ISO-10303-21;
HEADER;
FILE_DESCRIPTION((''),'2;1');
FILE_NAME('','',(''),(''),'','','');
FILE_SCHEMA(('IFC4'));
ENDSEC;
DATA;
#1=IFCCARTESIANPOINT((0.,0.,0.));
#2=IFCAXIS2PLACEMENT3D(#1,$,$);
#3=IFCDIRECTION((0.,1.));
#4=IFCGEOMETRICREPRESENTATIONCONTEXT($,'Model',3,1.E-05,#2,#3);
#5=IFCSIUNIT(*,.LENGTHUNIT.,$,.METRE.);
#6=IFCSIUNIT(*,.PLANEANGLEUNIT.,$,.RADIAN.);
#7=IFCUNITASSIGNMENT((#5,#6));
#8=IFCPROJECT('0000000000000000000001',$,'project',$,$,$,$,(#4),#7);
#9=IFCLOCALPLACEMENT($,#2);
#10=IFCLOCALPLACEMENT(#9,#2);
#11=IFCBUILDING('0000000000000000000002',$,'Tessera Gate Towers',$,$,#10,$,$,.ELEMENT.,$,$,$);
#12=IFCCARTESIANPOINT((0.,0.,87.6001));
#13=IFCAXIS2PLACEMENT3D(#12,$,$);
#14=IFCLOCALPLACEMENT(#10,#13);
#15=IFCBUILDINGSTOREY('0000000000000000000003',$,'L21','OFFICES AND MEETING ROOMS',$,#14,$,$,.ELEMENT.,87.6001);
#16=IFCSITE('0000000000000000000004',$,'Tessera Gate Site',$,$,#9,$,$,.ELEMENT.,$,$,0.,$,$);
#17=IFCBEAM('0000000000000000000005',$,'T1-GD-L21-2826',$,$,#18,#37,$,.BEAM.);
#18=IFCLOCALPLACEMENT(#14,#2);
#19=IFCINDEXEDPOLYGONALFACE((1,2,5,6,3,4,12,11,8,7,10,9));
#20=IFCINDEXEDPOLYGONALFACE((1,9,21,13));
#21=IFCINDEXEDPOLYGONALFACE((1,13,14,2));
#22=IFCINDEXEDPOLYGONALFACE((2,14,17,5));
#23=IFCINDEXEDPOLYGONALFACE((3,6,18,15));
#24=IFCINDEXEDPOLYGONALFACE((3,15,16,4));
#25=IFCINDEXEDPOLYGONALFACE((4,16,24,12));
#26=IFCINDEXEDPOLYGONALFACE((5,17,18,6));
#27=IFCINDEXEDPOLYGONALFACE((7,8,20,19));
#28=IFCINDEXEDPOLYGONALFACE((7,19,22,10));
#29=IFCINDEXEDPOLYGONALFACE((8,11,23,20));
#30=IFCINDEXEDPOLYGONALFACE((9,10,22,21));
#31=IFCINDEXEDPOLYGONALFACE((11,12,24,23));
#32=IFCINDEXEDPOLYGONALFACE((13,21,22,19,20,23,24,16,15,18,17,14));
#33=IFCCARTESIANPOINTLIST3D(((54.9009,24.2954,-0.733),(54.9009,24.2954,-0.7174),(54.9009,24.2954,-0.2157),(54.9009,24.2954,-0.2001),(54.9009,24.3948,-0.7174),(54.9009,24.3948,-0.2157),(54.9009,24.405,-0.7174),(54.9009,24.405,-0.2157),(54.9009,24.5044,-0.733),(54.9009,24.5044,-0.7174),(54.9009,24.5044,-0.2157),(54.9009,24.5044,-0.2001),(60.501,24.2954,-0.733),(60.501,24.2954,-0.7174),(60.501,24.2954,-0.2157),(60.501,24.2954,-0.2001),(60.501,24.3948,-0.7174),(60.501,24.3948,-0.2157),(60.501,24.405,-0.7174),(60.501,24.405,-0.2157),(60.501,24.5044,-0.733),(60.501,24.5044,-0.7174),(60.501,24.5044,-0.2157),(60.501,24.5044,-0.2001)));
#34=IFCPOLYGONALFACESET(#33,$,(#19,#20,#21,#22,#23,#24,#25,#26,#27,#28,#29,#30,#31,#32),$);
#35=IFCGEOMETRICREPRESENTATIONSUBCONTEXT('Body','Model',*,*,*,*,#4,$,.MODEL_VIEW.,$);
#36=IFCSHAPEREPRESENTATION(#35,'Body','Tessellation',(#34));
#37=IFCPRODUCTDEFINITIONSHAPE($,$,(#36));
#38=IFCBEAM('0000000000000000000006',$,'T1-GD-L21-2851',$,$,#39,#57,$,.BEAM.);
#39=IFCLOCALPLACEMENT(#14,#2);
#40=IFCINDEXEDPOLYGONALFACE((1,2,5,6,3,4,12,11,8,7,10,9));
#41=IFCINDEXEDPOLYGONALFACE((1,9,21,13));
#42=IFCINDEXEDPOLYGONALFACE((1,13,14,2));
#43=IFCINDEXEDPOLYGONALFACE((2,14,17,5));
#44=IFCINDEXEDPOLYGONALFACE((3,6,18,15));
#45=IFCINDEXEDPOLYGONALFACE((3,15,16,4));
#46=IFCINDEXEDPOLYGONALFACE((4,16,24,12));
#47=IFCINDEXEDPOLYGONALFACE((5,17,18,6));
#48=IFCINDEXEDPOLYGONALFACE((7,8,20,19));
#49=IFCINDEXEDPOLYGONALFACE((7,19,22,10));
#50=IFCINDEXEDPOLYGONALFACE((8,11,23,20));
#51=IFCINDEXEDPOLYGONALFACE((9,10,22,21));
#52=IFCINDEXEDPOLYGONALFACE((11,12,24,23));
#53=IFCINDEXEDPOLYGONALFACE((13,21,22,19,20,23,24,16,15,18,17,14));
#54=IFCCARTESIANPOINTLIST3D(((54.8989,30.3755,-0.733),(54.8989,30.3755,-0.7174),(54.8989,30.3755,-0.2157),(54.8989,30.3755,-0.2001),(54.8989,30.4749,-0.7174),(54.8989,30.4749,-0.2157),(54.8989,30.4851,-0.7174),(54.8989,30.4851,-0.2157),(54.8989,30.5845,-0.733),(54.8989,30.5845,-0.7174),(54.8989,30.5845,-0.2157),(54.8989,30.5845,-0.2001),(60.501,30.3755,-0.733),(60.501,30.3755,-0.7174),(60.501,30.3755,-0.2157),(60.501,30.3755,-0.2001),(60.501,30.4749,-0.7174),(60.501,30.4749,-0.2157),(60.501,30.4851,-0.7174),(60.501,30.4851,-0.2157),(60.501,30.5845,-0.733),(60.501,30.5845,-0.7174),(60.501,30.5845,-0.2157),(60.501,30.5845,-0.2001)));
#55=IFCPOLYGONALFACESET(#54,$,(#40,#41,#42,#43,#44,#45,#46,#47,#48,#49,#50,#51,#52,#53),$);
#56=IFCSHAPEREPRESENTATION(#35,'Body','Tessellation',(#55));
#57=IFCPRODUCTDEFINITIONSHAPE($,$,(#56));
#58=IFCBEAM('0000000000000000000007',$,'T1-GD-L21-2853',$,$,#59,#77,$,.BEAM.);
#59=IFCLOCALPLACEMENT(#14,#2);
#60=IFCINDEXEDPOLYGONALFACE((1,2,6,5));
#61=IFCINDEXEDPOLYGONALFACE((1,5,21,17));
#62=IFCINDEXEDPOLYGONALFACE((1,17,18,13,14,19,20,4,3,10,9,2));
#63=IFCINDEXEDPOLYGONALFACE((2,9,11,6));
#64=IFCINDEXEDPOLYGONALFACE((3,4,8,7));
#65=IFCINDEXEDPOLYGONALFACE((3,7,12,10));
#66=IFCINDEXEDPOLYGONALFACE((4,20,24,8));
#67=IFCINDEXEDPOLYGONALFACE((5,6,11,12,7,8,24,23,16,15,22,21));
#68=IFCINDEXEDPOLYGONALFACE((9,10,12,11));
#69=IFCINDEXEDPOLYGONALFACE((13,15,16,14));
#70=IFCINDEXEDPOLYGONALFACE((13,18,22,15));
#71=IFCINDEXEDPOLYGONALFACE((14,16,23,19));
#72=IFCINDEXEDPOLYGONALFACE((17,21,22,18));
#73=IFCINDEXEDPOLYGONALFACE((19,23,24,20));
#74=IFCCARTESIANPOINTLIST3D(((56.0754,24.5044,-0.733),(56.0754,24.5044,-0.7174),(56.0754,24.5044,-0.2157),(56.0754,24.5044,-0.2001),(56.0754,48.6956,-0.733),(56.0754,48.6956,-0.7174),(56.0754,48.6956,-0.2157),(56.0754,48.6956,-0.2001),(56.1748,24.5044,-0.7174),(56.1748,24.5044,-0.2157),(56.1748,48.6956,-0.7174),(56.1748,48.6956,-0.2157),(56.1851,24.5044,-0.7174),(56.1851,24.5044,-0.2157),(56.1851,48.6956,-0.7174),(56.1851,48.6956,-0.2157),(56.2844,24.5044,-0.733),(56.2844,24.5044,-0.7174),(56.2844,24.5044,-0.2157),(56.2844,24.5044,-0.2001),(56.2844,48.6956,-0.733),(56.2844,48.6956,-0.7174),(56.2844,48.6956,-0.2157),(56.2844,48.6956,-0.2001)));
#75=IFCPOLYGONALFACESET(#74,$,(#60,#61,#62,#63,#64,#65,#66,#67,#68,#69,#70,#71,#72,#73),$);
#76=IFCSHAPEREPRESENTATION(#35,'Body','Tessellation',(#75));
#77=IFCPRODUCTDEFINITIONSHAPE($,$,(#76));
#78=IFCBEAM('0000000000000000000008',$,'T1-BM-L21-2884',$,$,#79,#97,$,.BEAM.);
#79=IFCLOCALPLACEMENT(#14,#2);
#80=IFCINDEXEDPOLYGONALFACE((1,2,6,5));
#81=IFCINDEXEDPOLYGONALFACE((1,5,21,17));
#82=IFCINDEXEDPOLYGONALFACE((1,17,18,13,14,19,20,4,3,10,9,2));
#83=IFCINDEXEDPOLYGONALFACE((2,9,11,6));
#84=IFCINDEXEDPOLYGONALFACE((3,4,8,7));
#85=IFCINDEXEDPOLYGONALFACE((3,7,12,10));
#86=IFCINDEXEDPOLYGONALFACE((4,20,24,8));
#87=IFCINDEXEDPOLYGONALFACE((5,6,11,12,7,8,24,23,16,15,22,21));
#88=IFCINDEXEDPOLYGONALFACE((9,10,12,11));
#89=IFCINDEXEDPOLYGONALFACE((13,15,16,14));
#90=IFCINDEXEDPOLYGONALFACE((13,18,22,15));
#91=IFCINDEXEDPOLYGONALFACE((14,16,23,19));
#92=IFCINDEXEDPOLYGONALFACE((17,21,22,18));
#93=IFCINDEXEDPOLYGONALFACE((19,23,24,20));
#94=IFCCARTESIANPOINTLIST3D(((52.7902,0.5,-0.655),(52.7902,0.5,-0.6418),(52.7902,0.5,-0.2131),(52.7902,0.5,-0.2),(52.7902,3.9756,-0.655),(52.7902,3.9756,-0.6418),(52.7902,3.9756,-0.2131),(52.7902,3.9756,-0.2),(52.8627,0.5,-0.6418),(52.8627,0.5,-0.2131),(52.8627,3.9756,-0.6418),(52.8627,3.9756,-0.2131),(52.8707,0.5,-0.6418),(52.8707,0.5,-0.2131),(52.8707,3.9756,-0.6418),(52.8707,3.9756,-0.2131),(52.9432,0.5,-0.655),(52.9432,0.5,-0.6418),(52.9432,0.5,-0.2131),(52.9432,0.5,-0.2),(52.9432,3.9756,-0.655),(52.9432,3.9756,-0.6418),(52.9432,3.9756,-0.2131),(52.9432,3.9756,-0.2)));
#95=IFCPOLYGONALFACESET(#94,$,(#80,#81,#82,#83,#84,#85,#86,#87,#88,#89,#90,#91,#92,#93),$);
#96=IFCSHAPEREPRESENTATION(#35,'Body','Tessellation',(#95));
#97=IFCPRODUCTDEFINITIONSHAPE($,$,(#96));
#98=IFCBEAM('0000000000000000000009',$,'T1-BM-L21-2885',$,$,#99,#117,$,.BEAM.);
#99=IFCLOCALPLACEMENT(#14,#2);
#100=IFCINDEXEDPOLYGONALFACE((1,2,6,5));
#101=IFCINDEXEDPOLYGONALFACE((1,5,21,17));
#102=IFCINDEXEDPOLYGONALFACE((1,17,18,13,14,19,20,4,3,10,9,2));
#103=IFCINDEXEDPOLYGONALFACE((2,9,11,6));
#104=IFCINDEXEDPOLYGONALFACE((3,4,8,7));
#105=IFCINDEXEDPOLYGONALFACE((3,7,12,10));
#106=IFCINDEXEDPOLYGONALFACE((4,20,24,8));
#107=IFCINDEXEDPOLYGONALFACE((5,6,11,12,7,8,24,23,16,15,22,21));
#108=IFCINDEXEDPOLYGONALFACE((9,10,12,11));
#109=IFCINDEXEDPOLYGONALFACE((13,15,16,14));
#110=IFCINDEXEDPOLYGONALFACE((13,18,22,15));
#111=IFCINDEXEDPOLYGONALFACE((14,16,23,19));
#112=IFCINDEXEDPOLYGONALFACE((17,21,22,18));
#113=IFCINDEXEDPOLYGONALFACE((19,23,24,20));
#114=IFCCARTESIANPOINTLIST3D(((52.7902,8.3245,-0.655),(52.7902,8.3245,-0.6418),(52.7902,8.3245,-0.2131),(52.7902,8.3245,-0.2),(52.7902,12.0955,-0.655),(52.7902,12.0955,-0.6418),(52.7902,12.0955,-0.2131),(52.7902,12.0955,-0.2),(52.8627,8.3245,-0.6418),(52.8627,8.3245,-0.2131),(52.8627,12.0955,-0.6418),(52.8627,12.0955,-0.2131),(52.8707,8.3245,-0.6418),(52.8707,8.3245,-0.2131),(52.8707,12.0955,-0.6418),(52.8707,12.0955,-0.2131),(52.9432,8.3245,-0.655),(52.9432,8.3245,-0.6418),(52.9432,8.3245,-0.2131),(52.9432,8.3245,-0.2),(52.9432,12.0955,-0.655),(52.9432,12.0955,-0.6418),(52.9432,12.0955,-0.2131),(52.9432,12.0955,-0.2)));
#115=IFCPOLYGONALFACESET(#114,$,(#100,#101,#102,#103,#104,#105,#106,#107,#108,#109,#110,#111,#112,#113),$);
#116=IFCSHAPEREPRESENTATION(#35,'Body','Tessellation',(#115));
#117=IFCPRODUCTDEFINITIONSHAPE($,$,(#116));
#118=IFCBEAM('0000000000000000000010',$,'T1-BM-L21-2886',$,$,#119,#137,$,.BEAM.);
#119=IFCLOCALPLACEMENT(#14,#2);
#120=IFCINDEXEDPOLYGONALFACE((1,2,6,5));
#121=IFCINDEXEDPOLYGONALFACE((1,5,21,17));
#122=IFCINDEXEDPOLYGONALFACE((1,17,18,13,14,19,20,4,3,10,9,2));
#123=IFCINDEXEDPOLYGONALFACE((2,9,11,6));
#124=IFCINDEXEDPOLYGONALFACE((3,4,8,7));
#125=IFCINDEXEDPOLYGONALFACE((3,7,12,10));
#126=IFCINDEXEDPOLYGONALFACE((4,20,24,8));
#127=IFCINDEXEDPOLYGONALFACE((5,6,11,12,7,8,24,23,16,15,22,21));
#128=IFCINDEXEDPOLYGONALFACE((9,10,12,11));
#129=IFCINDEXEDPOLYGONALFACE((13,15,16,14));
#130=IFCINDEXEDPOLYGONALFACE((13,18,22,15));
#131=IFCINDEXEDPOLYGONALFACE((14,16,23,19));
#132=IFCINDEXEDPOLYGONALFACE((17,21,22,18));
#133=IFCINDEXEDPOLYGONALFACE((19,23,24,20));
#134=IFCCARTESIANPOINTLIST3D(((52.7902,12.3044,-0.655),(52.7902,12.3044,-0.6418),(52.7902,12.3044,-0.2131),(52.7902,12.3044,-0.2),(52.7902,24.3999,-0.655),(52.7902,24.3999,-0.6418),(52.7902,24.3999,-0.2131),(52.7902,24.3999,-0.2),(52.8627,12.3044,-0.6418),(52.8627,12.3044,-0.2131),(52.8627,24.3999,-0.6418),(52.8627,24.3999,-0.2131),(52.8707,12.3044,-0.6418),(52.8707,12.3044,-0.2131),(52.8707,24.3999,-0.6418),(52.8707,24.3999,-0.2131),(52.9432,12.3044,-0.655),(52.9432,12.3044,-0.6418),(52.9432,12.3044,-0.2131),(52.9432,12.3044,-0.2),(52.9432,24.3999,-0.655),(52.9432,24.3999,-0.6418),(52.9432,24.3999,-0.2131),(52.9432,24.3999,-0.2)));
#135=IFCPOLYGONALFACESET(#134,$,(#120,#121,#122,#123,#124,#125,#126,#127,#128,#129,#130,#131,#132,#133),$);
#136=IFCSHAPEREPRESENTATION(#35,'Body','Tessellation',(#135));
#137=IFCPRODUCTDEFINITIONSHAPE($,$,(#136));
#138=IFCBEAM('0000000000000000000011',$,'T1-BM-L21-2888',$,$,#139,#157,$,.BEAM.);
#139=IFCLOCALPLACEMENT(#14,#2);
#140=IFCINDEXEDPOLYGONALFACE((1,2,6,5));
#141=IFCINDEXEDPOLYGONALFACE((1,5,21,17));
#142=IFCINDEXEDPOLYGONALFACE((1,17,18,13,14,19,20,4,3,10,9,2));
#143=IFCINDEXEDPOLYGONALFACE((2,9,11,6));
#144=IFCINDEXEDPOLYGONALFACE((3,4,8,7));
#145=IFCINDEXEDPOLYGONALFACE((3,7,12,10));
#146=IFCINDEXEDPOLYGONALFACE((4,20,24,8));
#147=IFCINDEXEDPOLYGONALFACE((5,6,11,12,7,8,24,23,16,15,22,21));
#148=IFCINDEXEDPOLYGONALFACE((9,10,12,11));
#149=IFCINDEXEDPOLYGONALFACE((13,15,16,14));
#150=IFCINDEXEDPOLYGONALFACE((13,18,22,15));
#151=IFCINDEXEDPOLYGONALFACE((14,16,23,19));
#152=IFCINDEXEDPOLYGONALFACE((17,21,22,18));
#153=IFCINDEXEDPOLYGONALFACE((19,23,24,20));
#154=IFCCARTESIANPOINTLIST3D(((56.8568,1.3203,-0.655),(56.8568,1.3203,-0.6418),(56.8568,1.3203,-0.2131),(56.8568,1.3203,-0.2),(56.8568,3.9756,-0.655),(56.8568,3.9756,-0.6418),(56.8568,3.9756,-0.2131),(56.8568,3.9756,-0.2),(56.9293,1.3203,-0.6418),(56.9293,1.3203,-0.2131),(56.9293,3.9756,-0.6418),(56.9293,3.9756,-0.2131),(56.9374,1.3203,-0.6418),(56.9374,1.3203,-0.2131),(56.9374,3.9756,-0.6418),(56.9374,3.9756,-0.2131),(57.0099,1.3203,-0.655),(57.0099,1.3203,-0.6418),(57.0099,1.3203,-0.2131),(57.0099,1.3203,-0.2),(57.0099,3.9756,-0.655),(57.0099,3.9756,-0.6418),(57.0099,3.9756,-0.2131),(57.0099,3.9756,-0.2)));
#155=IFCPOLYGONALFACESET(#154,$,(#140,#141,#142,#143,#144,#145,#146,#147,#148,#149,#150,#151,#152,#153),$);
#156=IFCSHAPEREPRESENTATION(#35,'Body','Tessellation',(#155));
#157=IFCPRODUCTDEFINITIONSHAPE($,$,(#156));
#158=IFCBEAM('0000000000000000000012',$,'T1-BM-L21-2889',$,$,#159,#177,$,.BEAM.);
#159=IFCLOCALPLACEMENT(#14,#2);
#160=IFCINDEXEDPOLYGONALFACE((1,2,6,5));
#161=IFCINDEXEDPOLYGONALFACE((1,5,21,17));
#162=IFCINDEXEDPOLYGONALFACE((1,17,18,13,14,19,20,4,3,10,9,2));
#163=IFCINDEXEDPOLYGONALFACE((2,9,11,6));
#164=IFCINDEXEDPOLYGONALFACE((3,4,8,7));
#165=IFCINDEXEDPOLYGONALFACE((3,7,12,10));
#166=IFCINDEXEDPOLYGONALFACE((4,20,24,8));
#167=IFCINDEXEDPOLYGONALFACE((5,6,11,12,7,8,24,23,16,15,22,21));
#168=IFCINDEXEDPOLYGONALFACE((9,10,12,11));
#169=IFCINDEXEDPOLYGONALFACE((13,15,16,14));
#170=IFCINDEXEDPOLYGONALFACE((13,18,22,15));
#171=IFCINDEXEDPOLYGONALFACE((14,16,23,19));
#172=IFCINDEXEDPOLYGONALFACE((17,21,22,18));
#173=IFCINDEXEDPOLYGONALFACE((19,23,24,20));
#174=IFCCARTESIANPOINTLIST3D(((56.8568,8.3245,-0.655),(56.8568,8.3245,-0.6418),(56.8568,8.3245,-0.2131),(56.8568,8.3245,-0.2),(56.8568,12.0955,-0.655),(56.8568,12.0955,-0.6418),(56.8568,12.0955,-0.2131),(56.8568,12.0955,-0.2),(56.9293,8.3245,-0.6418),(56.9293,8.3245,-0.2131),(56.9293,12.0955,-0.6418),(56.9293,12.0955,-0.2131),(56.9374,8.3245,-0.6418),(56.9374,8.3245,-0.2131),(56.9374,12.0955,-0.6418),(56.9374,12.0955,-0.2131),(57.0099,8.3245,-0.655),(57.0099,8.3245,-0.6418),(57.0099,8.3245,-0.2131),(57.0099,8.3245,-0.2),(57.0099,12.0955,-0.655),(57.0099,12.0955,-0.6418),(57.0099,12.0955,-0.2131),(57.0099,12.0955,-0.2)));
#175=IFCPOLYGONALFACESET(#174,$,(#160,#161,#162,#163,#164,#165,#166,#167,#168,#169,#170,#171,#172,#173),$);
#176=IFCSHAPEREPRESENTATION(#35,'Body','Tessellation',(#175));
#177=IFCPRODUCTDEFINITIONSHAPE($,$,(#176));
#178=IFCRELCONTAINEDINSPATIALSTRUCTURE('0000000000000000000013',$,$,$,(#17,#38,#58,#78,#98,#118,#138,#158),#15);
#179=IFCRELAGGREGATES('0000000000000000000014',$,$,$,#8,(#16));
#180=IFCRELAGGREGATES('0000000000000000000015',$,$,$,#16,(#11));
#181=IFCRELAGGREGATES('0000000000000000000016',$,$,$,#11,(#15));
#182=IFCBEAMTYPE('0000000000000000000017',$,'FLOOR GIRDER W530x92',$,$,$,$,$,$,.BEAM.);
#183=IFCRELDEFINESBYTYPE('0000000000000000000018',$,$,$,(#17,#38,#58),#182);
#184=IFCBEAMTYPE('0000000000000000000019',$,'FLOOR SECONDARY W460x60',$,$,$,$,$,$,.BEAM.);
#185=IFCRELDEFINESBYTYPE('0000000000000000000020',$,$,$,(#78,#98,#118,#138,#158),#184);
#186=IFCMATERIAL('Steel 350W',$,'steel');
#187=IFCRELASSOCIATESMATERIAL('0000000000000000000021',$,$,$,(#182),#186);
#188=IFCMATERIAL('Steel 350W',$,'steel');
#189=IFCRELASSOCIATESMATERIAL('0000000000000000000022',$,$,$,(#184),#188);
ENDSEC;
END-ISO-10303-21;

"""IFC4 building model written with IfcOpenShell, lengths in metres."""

from ifc_helpers import new_model, si_unit, direction, frame, origin, origin_2d, place, context, subcontext, project, spatial, i_section, extrude, material, material_profile, profile_set, type_object, element, save


model = new_model("IFC4")

# Units and contexts
model_context = context("Model", 3, precision=1e-05, world=origin(), true_north=direction((0.0, 1.0)))
body_context = subcontext(model_context, "Body", "Model", "MODEL_VIEW")
ifc_project = project(units=[si_unit("LENGTHUNIT", "METRE"), si_unit("PLANEANGLEUNIT", "RADIAN")], contexts=[model_context])

# Site, building, storey
site_placement = place(None, origin())
site = spatial("IfcSite", under=ifc_project, at=site_placement, Name="Tessera Gate Site", CompositionType="ELEMENT", RefElevation=0.0)
building_placement = place(site_placement, origin())
building = spatial("IfcBuilding", under=site, at=building_placement, Name="Tessera Gate Towers", CompositionType="ELEMENT")
storey_placement = place(building_placement, frame((0.0, 0.0, 87.6001)))
storey = spatial("IfcBuildingStorey", under=building, at=storey_placement, Name="L21", Description="OFFICES AND MEETING ROOMS", CompositionType="ELEMENT", Elevation=87.6001)

# Beams
ifc_material_1 = material(Name="Steel 350W", Category="steel")
ifc_material_profile_1 = material_profile(ifc_material_1, i_section(OverallWidth=0.209, OverallDepth=0.533, WebThickness=0.0103, FlangeThickness=0.0156, at=origin_2d()), Name="W530x92")
ifc_profile_set_1 = profile_set([ifc_material_profile_1], Name="Steel 350W")
beam_type_1 = type_object("IfcBeamType", Name="FLOOR GIRDER W530x92", PredefinedType="BEAM", material=ifc_profile_set_1)
beam_1_placement = place(storey_placement, frame((54.9009, 24.3999, -0.4666), z_axis=(1.0, 0.0, 0.0), x_axis=(0.0, 1.0, 0.0)))
element("IfcBeam", 1, at=beam_1_placement, inside=storey, type_object=beam_type_1, Name="T1-GD-L21-2826", PredefinedType="BEAM", context=body_context, shape_type="SweptSolid", body=[
    extrude(i_section(OverallWidth=0.209, OverallDepth=0.533, WebThickness=0.0103, FlangeThickness=0.0156, at=origin_2d()), origin(), (0.0, 0.0, 1.0), 5.6001),
])
beam_2_placement = place(storey_placement, frame((54.8989, 30.48, -0.4666), z_axis=(1.0, 0.0, 0.0), x_axis=(0.0, 1.0, 0.0)))
element("IfcBeam", 2, at=beam_2_placement, inside=storey, type_object=beam_type_1, Name="T1-GD-L21-2851", PredefinedType="BEAM", context=body_context, shape_type="SweptSolid", body=[
    extrude(i_section(OverallWidth=0.209, OverallDepth=0.533, WebThickness=0.0103, FlangeThickness=0.0156, at=origin_2d()), origin(), (0.0, 0.0, 1.0), 5.6021),
])
beam_3_placement = place(storey_placement, frame((56.1799, 24.5044, -0.4666), z_axis=(0.0, 1.0, 0.0), x_axis=(-1.0, 0.0, 0.0)))
element("IfcBeam", 3, at=beam_3_placement, inside=storey, type_object=beam_type_1, Name="T1-GD-L21-2853", PredefinedType="BEAM", context=body_context, shape_type="SweptSolid", body=[
    extrude(i_section(OverallWidth=0.209, OverallDepth=0.533, WebThickness=0.0103, FlangeThickness=0.0156, at=origin_2d()), origin(), (0.0, 0.0, 1.0), 24.1912),
])
ifc_material_2 = material(Name="Steel 350W", Category="steel")
ifc_material_profile_2 = material_profile(ifc_material_2, i_section(OverallWidth=0.1531, OverallDepth=0.4551, WebThickness=0.0081, FlangeThickness=0.0132, at=origin_2d()), Name="W460x60")
ifc_profile_set_2 = profile_set([ifc_material_profile_2], Name="Steel 350W")
beam_type_2 = type_object("IfcBeamType", Name="FLOOR SECONDARY W460x60", PredefinedType="BEAM", material=ifc_profile_set_2)
beam_4_placement = place(storey_placement, frame((52.8667, 0.5, -0.4275), z_axis=(0.0, 1.0, 0.0), x_axis=(-1.0, 0.0, 0.0)))
element("IfcBeam", 4, at=beam_4_placement, inside=storey, type_object=beam_type_2, Name="T1-BM-L21-2884", PredefinedType="BEAM", context=body_context, shape_type="SweptSolid", body=[
    extrude(i_section(OverallWidth=0.1531, OverallDepth=0.4551, WebThickness=0.0081, FlangeThickness=0.0132, at=origin_2d()), origin(), (0.0, 0.0, 1.0), 3.4756),
])
beam_5_placement = place(storey_placement, frame((52.8667, 8.3245, -0.4275), z_axis=(0.0, 1.0, 0.0), x_axis=(-1.0, 0.0, 0.0)))
element("IfcBeam", 5, at=beam_5_placement, inside=storey, type_object=beam_type_2, Name="T1-BM-L21-2885", PredefinedType="BEAM", context=body_context, shape_type="SweptSolid", body=[
    extrude(i_section(OverallWidth=0.1531, OverallDepth=0.4551, WebThickness=0.0081, FlangeThickness=0.0132, at=origin_2d()), origin(), (0.0, 0.0, 1.0), 3.771),
])
beam_6_placement = place(storey_placement, frame((52.8667, 12.3044, -0.4275), z_axis=(0.0, 1.0, 0.0), x_axis=(-1.0, 0.0, 0.0)))
element("IfcBeam", 6, at=beam_6_placement, inside=storey, type_object=beam_type_2, Name="T1-BM-L21-2886", PredefinedType="BEAM", context=body_context, shape_type="SweptSolid", body=[
    extrude(i_section(OverallWidth=0.1531, OverallDepth=0.4551, WebThickness=0.0081, FlangeThickness=0.0132, at=origin_2d()), origin(), (0.0, 0.0, 1.0), 12.0955),
])
beam_7_placement = place(storey_placement, frame((56.9333, 1.3203, -0.4275), z_axis=(0.0, 1.0, 0.0), x_axis=(-1.0, 0.0, 0.0)))
element("IfcBeam", 7, at=beam_7_placement, inside=storey, type_object=beam_type_2, Name="T1-BM-L21-2888", PredefinedType="BEAM", context=body_context, shape_type="SweptSolid", body=[
    extrude(i_section(OverallWidth=0.1531, OverallDepth=0.4551, WebThickness=0.0081, FlangeThickness=0.0132, at=origin_2d()), origin(), (0.0, 0.0, 1.0), 2.6553),
])
beam_8_placement = place(storey_placement, frame((56.9333, 8.3245, -0.4275), z_axis=(0.0, 1.0, 0.0), x_axis=(-1.0, 0.0, 0.0)))
element("IfcBeam", 8, at=beam_8_placement, inside=storey, type_object=beam_type_2, Name="T1-BM-L21-2889", PredefinedType="BEAM", context=body_context, shape_type="SweptSolid", body=[
    extrude(i_section(OverallWidth=0.1531, OverallDepth=0.4551, WebThickness=0.0081, FlangeThickness=0.0132, at=origin_2d()), origin(), (0.0, 0.0, 1.0), 3.771),
])

save(model, "model.ifc")
